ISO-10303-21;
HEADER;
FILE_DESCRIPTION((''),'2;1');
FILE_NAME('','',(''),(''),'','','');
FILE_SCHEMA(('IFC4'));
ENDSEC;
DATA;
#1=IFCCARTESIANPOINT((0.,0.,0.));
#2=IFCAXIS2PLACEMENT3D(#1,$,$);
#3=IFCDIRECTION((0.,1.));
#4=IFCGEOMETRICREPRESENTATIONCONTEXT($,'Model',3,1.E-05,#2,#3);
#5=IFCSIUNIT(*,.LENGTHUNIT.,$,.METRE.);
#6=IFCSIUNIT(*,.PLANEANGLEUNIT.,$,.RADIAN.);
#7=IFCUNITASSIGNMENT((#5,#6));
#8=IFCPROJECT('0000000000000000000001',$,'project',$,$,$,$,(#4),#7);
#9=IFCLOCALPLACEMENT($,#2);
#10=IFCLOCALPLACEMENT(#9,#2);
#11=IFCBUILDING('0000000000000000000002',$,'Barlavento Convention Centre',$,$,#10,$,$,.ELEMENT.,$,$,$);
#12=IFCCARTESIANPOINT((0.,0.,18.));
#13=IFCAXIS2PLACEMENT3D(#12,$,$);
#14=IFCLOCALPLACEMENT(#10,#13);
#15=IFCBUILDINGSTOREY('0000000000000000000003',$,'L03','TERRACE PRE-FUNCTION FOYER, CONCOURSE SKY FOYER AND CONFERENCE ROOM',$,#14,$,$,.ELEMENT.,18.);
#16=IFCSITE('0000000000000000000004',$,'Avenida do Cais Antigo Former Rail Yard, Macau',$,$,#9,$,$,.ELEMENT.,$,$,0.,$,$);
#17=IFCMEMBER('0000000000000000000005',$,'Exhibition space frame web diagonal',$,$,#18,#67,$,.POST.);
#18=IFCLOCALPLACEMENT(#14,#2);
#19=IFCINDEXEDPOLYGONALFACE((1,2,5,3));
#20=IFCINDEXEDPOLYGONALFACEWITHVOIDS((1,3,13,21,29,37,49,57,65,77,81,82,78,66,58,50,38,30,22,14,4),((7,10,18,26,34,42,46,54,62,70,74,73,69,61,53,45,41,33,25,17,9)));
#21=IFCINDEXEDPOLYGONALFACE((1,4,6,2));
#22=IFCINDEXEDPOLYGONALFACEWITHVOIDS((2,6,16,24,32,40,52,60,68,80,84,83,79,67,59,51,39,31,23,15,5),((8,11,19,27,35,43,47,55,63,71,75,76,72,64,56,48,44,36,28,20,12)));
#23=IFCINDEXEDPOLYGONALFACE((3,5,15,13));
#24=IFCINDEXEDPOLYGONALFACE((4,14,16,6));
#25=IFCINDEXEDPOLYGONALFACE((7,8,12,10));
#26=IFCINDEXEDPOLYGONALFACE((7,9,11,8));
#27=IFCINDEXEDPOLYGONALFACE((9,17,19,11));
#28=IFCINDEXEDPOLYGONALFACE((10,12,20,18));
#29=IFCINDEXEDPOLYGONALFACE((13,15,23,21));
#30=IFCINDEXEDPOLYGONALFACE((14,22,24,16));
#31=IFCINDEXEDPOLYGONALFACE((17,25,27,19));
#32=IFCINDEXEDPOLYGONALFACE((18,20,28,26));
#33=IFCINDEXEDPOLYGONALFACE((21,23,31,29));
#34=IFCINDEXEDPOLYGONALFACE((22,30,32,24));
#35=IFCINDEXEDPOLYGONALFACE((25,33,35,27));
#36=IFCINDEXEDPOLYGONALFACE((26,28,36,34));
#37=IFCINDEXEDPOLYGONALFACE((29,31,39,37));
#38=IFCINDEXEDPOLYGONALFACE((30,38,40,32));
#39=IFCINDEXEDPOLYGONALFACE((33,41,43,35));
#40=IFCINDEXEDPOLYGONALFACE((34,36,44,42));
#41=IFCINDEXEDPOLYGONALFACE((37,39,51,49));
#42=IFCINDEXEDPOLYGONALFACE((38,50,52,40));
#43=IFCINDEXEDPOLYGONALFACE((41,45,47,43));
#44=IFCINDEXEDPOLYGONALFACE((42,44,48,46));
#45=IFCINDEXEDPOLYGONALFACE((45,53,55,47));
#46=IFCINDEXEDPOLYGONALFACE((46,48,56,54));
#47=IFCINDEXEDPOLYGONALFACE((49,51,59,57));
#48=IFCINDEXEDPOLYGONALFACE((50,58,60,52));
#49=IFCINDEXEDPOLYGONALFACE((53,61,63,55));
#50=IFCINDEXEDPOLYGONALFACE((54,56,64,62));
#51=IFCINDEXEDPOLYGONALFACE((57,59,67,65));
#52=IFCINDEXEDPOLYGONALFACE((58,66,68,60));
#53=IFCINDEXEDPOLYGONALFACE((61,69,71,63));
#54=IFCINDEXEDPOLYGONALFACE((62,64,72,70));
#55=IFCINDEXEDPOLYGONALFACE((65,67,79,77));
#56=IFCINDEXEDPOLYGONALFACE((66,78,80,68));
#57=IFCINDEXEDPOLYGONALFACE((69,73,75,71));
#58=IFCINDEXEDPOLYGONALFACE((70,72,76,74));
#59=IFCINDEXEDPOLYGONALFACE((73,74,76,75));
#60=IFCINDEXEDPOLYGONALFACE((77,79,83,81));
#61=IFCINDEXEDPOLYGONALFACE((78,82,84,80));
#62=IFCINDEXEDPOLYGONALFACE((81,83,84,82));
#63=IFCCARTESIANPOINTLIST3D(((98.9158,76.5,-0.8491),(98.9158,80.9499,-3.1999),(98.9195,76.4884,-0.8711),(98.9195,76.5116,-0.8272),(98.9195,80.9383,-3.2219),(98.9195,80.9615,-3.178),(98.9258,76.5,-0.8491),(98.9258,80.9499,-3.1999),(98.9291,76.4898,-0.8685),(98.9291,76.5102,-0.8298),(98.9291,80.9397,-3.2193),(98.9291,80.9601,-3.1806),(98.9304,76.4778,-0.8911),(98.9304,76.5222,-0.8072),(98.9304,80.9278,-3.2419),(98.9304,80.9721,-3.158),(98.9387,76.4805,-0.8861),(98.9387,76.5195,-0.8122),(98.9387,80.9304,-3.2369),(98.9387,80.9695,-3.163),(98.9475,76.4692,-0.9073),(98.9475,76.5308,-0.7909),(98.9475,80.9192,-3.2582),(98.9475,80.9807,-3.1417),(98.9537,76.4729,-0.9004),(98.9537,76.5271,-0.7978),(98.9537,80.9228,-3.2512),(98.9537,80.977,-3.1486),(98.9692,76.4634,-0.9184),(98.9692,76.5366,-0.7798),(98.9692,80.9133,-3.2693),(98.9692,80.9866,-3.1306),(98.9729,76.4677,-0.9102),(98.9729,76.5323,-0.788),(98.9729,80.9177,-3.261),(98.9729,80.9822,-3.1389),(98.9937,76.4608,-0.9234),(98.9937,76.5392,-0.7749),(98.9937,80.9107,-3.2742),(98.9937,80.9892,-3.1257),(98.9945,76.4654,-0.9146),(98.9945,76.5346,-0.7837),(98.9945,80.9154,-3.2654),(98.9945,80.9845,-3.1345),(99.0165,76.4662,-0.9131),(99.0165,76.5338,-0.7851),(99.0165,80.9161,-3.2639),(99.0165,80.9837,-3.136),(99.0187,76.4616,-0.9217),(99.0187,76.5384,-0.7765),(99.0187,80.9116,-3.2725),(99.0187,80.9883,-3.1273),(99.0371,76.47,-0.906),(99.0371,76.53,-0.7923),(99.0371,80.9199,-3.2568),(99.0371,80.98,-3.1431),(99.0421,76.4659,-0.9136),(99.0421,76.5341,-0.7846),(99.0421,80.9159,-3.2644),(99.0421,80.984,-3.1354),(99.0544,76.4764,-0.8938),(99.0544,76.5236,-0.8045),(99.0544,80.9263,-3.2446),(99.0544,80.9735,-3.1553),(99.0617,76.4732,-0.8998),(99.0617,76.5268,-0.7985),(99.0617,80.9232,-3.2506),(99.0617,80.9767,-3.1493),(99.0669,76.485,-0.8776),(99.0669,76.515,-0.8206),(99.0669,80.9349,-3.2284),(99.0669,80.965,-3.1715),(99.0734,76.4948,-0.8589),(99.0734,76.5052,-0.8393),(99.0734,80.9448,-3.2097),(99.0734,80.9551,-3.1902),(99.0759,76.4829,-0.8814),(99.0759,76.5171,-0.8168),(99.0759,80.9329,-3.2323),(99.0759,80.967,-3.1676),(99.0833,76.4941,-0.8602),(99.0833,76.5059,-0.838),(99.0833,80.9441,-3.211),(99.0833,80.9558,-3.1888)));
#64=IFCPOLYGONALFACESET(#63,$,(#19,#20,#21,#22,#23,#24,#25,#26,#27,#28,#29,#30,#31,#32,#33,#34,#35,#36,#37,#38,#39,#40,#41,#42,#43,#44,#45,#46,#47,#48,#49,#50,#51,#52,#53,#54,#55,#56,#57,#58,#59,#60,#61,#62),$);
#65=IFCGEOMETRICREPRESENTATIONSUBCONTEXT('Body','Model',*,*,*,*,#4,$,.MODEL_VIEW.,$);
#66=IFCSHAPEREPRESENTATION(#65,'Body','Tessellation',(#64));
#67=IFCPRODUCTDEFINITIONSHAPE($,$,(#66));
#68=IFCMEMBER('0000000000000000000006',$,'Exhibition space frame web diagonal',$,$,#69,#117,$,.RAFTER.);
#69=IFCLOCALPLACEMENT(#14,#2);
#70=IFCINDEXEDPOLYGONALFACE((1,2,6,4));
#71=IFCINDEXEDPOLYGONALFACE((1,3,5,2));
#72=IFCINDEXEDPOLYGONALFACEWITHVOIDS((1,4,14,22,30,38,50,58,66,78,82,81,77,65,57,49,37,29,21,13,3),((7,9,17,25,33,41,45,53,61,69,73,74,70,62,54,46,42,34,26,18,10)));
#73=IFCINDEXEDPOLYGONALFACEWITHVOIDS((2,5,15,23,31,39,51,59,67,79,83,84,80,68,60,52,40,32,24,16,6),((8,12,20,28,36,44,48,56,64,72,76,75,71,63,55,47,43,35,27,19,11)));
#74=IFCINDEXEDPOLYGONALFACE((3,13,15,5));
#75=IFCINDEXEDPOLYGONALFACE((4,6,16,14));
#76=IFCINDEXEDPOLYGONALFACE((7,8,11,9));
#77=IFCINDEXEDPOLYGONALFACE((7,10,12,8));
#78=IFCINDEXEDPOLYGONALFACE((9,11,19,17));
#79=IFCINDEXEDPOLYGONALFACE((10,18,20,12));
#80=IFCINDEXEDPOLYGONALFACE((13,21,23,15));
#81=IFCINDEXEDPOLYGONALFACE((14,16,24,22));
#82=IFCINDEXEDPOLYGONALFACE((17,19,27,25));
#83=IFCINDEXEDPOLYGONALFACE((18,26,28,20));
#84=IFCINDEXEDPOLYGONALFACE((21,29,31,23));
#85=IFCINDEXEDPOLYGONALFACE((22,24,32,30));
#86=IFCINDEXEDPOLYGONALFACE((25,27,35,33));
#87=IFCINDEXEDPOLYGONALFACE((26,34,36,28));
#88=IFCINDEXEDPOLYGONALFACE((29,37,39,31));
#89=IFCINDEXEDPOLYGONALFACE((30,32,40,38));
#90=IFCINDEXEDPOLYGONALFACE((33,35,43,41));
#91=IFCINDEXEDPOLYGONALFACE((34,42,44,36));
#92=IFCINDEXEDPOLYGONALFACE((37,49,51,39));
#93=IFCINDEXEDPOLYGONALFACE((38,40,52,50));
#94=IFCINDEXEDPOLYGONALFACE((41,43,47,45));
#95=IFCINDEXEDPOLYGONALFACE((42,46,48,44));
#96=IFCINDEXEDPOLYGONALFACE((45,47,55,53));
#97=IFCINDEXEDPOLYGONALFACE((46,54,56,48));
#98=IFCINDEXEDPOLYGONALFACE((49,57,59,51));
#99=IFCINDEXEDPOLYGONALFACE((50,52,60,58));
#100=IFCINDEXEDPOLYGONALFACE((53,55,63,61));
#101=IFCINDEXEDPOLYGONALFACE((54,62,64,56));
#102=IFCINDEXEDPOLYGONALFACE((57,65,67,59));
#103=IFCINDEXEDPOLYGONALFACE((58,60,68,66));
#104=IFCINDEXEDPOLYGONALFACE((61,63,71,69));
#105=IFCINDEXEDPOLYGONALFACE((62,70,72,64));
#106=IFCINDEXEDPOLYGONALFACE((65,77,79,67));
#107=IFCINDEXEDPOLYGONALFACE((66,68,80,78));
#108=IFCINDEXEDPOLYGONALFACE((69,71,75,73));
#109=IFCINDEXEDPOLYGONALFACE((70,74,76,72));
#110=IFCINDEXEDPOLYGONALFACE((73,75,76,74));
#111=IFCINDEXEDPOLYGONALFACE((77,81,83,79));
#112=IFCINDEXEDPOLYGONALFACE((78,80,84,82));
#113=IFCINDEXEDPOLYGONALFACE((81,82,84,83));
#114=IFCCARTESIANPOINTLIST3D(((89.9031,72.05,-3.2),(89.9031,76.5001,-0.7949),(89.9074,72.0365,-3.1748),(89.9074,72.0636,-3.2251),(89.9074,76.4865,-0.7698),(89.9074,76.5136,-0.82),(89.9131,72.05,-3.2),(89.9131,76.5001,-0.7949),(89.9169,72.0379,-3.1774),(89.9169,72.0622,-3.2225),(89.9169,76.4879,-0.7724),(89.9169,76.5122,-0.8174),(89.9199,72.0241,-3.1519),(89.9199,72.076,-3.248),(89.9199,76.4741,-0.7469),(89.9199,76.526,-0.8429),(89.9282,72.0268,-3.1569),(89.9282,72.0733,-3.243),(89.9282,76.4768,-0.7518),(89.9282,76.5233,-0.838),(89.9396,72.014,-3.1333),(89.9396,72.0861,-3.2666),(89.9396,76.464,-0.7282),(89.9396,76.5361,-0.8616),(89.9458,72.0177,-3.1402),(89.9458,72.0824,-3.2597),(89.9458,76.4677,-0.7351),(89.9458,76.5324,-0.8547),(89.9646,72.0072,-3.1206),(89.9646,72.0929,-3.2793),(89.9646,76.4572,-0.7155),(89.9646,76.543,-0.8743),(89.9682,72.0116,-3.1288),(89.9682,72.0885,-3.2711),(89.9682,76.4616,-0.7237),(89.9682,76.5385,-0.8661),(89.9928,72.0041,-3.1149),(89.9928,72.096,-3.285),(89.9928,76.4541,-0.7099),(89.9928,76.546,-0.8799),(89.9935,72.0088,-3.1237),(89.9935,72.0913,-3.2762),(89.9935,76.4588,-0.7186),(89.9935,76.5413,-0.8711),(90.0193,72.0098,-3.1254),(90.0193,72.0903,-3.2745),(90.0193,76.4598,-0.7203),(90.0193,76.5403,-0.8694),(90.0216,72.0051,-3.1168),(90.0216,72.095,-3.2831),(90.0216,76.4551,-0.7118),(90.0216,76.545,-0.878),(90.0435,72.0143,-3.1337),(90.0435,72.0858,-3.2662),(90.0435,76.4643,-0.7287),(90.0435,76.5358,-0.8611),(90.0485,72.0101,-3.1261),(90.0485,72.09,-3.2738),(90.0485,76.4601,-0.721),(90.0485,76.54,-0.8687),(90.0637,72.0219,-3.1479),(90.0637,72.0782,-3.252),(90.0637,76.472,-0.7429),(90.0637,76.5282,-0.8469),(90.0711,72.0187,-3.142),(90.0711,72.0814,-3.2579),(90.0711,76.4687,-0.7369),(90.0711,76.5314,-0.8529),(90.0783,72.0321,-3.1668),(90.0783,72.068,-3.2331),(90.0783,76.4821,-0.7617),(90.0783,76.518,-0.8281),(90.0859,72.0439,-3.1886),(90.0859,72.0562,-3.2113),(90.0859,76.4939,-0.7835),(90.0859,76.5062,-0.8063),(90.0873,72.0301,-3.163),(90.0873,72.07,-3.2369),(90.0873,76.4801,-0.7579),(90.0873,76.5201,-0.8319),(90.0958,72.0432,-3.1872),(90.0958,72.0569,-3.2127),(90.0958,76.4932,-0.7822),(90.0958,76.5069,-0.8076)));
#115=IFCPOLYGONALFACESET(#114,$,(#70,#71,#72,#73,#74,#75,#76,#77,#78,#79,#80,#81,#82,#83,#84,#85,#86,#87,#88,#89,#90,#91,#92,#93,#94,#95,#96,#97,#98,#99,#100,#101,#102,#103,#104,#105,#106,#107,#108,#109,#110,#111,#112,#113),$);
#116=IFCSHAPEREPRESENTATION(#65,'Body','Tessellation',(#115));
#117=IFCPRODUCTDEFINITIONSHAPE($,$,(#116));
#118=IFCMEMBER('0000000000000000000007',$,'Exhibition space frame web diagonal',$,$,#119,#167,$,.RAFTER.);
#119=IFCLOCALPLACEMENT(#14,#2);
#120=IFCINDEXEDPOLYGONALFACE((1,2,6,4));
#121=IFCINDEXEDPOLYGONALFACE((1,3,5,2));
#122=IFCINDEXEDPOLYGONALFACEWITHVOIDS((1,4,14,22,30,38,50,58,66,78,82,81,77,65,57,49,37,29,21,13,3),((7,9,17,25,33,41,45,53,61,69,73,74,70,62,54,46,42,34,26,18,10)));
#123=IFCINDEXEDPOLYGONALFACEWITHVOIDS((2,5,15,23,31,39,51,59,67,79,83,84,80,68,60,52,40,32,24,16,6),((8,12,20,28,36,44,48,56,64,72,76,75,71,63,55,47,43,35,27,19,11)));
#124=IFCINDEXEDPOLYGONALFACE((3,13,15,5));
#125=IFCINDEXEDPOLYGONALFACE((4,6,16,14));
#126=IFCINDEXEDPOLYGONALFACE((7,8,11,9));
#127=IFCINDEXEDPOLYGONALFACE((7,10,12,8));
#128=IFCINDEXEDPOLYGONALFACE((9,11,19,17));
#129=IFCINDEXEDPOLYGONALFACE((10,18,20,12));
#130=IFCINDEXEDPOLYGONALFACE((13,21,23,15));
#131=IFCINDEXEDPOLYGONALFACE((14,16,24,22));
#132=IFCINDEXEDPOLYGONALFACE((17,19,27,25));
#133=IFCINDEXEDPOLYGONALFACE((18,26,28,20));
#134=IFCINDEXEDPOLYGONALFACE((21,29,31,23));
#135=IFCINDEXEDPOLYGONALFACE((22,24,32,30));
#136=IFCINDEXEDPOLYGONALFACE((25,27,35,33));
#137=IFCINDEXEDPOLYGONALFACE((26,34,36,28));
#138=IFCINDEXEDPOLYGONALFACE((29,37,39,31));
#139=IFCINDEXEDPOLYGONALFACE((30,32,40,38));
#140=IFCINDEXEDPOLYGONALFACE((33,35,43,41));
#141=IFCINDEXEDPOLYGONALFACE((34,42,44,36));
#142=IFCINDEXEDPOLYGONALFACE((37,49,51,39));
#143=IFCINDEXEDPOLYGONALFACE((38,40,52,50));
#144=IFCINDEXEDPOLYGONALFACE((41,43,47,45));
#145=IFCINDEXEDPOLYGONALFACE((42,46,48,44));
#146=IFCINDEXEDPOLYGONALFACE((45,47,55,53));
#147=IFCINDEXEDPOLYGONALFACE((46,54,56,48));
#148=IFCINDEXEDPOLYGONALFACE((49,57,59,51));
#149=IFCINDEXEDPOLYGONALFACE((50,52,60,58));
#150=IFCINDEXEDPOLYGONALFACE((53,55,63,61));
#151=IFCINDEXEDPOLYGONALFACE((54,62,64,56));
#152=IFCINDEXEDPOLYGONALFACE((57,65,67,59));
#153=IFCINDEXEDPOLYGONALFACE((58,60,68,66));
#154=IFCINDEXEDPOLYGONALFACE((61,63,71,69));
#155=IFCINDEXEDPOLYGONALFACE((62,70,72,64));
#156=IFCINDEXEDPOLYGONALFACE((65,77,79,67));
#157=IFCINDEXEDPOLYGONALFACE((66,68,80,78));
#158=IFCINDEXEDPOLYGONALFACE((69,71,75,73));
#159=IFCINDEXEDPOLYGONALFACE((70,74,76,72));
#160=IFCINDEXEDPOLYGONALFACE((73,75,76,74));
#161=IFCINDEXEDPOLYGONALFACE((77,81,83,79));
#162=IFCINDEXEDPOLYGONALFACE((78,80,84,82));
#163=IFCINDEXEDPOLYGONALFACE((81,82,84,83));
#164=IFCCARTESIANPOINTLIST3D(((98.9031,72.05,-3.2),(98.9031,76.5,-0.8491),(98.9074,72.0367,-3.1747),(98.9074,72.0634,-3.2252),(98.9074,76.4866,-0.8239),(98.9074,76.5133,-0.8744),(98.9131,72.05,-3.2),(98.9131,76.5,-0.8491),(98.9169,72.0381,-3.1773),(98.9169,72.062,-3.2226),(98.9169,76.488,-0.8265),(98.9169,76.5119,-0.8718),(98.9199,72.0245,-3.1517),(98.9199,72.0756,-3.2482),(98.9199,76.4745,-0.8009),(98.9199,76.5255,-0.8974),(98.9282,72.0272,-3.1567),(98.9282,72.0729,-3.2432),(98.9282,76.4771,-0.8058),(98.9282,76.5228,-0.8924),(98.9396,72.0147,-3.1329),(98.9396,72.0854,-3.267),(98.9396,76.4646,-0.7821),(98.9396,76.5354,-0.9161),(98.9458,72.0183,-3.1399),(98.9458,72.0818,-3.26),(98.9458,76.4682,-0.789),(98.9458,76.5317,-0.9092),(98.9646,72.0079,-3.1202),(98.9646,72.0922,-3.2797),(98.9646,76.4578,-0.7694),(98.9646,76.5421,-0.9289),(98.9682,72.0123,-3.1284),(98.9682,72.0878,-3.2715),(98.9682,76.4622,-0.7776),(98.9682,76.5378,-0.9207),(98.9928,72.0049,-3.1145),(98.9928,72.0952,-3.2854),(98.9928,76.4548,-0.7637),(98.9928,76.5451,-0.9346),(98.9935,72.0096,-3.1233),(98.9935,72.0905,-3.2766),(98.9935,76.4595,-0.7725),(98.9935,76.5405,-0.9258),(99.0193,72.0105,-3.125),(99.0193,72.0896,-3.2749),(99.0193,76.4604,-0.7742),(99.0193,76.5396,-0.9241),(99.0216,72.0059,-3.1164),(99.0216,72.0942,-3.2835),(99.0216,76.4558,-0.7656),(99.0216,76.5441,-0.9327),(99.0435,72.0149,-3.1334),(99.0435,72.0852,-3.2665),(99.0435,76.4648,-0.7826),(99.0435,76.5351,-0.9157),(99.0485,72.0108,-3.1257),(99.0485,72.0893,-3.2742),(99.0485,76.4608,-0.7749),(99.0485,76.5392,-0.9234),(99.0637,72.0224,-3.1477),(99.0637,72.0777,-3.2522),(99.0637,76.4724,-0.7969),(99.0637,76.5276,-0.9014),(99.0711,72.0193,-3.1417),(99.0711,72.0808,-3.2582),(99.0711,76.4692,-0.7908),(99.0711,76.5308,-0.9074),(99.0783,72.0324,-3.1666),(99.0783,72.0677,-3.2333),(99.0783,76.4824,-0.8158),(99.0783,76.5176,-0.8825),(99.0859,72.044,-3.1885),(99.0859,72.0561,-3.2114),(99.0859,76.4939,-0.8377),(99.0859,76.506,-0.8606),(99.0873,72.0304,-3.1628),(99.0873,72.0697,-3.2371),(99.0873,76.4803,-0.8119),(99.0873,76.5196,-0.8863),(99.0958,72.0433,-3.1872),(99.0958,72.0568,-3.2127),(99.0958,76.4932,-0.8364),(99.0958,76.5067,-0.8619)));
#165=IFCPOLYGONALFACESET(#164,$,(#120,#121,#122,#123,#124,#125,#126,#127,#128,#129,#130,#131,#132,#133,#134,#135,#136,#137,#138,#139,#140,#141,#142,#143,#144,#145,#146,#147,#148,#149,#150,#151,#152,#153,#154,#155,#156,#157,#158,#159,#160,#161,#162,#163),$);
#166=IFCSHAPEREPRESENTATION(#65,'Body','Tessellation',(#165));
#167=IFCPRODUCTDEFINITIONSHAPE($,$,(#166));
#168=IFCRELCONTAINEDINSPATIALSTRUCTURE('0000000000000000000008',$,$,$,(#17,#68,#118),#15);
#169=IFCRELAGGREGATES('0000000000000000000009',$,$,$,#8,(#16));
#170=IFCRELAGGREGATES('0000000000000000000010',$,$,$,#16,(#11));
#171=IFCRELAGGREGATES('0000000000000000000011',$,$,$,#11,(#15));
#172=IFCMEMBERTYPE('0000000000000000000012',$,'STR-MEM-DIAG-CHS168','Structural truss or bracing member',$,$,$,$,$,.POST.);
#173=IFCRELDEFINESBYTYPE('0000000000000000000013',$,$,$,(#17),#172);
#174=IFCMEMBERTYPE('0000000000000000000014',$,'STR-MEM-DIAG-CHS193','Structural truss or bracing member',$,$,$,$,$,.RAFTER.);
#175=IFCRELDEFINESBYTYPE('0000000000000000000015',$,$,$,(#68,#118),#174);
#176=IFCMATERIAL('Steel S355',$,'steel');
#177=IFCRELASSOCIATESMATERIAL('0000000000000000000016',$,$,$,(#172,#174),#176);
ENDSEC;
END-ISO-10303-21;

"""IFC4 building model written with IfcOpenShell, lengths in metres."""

from ifc_helpers import new_model, si_unit, direction, frame, origin, origin_2d, place, context, subcontext, project, spatial, hollow_circle, extrude, material, material_profile, profile_set, type_object, element, save


model = new_model("IFC4")

# Units and contexts
model_context = context("Model", 3, precision=1e-05, world=origin(), true_north=direction((0.0, 1.0)))
body_context = subcontext(model_context, "Body", "Model", "MODEL_VIEW")
ifc_project = project(units=[si_unit("LENGTHUNIT", "METRE"), si_unit("PLANEANGLEUNIT", "RADIAN")], contexts=[model_context])

# Site, building, storey
site_placement = place(None, origin())
site = spatial("IfcSite", under=ifc_project, at=site_placement, Name="Avenida do Cais Antigo Former Rail Yard, Macau", CompositionType="ELEMENT", RefElevation=0.0)
building_placement = place(site_placement, origin())
building = spatial("IfcBuilding", under=site, at=building_placement, Name="Barlavento Convention Centre", CompositionType="ELEMENT")
storey_placement = place(building_placement, frame((0.0, 0.0, 18.0)))
storey = spatial("IfcBuildingStorey", under=building, at=storey_placement, Name="L03", Description="TERRACE PRE-FUNCTION FOYER, CONCOURSE SKY FOYER AND CONFERENCE ROOM", CompositionType="ELEMENT", Elevation=18.0)

# Shared definitions
ifc_material_1 = material(Name="Steel S355", Category="steel")

# Members
ifc_material_profile_1 = material_profile(ifc_material_1, hollow_circle(Radius=0.0842, WallThickness=0.01, at=origin_2d()), Name="CHS 168.3x10.0")
ifc_profile_set_1 = profile_set([ifc_material_profile_1], Name="Steel S355")
member_type_1 = type_object("IfcMemberType", Name="STR-MEM-DIAG-CHS168", Description="Structural truss or bracing member", PredefinedType="POST", material=ifc_profile_set_1)
for number, where, z_axis, x_axis, name in (
    (1, (99.0, 76.5, -0.8491), (0.0, 0.884201, -0.467107), (-1.0, 0.0, 0.0), "Exhibition space frame web diagonal"),
):
    element("IfcMember", number, at=place(storey_placement, frame(where, z_axis=z_axis, x_axis=x_axis)), inside=storey, type_object=member_type_1, Name=name, PredefinedType="POST", context=body_context, shape_type="SweptSolid", body=[
        extrude(hollow_circle(Radius=0.0842, WallThickness=0.01, at=origin_2d()), origin(), (0.0, 0.0, 1.0), 5.0327),
    ])
ifc_material_profile_2 = material_profile(ifc_material_1, hollow_circle(Radius=0.0969, WallThickness=0.01, at=origin_2d()), Name="CHS 193.7x10.0")
ifc_profile_set_2 = profile_set([ifc_material_profile_2], Name="Steel S355")
member_type_2 = type_object("IfcMemberType", Name="STR-MEM-DIAG-CHS193", Description="Structural truss or bracing member", PredefinedType="RAFTER", material=ifc_profile_set_2)
member_1_placement = place(storey_placement, frame((90.0, 72.05, -3.2), z_axis=(0.0, 0.879735, 0.475464), x_axis=(-1.0, 0.0, 0.0)))
element("IfcMember", 2, at=member_1_placement, inside=storey, type_object=member_type_2, Name="Exhibition space frame web diagonal", PredefinedType="RAFTER", context=body_context, shape_type="SweptSolid", body=[
    extrude(hollow_circle(Radius=0.0969, WallThickness=0.01, at=origin_2d()), origin(), (0.0, 0.0, 1.0), 5.0583),
])
member_2_placement = place(storey_placement, frame((99.0, 72.05, -3.2), z_axis=(0.0, 0.884201, 0.467107), x_axis=(-1.0, 0.0, 0.0)))
element("IfcMember", 3, at=member_2_placement, inside=storey, type_object=member_type_2, Name="Exhibition space frame web diagonal", PredefinedType="RAFTER", context=body_context, shape_type="SweptSolid", body=[
    extrude(hollow_circle(Radius=0.0969, WallThickness=0.01, at=origin_2d()), origin(), (0.0, 0.0, 1.0), 5.0327),
])

save(model, "model.ifc")
